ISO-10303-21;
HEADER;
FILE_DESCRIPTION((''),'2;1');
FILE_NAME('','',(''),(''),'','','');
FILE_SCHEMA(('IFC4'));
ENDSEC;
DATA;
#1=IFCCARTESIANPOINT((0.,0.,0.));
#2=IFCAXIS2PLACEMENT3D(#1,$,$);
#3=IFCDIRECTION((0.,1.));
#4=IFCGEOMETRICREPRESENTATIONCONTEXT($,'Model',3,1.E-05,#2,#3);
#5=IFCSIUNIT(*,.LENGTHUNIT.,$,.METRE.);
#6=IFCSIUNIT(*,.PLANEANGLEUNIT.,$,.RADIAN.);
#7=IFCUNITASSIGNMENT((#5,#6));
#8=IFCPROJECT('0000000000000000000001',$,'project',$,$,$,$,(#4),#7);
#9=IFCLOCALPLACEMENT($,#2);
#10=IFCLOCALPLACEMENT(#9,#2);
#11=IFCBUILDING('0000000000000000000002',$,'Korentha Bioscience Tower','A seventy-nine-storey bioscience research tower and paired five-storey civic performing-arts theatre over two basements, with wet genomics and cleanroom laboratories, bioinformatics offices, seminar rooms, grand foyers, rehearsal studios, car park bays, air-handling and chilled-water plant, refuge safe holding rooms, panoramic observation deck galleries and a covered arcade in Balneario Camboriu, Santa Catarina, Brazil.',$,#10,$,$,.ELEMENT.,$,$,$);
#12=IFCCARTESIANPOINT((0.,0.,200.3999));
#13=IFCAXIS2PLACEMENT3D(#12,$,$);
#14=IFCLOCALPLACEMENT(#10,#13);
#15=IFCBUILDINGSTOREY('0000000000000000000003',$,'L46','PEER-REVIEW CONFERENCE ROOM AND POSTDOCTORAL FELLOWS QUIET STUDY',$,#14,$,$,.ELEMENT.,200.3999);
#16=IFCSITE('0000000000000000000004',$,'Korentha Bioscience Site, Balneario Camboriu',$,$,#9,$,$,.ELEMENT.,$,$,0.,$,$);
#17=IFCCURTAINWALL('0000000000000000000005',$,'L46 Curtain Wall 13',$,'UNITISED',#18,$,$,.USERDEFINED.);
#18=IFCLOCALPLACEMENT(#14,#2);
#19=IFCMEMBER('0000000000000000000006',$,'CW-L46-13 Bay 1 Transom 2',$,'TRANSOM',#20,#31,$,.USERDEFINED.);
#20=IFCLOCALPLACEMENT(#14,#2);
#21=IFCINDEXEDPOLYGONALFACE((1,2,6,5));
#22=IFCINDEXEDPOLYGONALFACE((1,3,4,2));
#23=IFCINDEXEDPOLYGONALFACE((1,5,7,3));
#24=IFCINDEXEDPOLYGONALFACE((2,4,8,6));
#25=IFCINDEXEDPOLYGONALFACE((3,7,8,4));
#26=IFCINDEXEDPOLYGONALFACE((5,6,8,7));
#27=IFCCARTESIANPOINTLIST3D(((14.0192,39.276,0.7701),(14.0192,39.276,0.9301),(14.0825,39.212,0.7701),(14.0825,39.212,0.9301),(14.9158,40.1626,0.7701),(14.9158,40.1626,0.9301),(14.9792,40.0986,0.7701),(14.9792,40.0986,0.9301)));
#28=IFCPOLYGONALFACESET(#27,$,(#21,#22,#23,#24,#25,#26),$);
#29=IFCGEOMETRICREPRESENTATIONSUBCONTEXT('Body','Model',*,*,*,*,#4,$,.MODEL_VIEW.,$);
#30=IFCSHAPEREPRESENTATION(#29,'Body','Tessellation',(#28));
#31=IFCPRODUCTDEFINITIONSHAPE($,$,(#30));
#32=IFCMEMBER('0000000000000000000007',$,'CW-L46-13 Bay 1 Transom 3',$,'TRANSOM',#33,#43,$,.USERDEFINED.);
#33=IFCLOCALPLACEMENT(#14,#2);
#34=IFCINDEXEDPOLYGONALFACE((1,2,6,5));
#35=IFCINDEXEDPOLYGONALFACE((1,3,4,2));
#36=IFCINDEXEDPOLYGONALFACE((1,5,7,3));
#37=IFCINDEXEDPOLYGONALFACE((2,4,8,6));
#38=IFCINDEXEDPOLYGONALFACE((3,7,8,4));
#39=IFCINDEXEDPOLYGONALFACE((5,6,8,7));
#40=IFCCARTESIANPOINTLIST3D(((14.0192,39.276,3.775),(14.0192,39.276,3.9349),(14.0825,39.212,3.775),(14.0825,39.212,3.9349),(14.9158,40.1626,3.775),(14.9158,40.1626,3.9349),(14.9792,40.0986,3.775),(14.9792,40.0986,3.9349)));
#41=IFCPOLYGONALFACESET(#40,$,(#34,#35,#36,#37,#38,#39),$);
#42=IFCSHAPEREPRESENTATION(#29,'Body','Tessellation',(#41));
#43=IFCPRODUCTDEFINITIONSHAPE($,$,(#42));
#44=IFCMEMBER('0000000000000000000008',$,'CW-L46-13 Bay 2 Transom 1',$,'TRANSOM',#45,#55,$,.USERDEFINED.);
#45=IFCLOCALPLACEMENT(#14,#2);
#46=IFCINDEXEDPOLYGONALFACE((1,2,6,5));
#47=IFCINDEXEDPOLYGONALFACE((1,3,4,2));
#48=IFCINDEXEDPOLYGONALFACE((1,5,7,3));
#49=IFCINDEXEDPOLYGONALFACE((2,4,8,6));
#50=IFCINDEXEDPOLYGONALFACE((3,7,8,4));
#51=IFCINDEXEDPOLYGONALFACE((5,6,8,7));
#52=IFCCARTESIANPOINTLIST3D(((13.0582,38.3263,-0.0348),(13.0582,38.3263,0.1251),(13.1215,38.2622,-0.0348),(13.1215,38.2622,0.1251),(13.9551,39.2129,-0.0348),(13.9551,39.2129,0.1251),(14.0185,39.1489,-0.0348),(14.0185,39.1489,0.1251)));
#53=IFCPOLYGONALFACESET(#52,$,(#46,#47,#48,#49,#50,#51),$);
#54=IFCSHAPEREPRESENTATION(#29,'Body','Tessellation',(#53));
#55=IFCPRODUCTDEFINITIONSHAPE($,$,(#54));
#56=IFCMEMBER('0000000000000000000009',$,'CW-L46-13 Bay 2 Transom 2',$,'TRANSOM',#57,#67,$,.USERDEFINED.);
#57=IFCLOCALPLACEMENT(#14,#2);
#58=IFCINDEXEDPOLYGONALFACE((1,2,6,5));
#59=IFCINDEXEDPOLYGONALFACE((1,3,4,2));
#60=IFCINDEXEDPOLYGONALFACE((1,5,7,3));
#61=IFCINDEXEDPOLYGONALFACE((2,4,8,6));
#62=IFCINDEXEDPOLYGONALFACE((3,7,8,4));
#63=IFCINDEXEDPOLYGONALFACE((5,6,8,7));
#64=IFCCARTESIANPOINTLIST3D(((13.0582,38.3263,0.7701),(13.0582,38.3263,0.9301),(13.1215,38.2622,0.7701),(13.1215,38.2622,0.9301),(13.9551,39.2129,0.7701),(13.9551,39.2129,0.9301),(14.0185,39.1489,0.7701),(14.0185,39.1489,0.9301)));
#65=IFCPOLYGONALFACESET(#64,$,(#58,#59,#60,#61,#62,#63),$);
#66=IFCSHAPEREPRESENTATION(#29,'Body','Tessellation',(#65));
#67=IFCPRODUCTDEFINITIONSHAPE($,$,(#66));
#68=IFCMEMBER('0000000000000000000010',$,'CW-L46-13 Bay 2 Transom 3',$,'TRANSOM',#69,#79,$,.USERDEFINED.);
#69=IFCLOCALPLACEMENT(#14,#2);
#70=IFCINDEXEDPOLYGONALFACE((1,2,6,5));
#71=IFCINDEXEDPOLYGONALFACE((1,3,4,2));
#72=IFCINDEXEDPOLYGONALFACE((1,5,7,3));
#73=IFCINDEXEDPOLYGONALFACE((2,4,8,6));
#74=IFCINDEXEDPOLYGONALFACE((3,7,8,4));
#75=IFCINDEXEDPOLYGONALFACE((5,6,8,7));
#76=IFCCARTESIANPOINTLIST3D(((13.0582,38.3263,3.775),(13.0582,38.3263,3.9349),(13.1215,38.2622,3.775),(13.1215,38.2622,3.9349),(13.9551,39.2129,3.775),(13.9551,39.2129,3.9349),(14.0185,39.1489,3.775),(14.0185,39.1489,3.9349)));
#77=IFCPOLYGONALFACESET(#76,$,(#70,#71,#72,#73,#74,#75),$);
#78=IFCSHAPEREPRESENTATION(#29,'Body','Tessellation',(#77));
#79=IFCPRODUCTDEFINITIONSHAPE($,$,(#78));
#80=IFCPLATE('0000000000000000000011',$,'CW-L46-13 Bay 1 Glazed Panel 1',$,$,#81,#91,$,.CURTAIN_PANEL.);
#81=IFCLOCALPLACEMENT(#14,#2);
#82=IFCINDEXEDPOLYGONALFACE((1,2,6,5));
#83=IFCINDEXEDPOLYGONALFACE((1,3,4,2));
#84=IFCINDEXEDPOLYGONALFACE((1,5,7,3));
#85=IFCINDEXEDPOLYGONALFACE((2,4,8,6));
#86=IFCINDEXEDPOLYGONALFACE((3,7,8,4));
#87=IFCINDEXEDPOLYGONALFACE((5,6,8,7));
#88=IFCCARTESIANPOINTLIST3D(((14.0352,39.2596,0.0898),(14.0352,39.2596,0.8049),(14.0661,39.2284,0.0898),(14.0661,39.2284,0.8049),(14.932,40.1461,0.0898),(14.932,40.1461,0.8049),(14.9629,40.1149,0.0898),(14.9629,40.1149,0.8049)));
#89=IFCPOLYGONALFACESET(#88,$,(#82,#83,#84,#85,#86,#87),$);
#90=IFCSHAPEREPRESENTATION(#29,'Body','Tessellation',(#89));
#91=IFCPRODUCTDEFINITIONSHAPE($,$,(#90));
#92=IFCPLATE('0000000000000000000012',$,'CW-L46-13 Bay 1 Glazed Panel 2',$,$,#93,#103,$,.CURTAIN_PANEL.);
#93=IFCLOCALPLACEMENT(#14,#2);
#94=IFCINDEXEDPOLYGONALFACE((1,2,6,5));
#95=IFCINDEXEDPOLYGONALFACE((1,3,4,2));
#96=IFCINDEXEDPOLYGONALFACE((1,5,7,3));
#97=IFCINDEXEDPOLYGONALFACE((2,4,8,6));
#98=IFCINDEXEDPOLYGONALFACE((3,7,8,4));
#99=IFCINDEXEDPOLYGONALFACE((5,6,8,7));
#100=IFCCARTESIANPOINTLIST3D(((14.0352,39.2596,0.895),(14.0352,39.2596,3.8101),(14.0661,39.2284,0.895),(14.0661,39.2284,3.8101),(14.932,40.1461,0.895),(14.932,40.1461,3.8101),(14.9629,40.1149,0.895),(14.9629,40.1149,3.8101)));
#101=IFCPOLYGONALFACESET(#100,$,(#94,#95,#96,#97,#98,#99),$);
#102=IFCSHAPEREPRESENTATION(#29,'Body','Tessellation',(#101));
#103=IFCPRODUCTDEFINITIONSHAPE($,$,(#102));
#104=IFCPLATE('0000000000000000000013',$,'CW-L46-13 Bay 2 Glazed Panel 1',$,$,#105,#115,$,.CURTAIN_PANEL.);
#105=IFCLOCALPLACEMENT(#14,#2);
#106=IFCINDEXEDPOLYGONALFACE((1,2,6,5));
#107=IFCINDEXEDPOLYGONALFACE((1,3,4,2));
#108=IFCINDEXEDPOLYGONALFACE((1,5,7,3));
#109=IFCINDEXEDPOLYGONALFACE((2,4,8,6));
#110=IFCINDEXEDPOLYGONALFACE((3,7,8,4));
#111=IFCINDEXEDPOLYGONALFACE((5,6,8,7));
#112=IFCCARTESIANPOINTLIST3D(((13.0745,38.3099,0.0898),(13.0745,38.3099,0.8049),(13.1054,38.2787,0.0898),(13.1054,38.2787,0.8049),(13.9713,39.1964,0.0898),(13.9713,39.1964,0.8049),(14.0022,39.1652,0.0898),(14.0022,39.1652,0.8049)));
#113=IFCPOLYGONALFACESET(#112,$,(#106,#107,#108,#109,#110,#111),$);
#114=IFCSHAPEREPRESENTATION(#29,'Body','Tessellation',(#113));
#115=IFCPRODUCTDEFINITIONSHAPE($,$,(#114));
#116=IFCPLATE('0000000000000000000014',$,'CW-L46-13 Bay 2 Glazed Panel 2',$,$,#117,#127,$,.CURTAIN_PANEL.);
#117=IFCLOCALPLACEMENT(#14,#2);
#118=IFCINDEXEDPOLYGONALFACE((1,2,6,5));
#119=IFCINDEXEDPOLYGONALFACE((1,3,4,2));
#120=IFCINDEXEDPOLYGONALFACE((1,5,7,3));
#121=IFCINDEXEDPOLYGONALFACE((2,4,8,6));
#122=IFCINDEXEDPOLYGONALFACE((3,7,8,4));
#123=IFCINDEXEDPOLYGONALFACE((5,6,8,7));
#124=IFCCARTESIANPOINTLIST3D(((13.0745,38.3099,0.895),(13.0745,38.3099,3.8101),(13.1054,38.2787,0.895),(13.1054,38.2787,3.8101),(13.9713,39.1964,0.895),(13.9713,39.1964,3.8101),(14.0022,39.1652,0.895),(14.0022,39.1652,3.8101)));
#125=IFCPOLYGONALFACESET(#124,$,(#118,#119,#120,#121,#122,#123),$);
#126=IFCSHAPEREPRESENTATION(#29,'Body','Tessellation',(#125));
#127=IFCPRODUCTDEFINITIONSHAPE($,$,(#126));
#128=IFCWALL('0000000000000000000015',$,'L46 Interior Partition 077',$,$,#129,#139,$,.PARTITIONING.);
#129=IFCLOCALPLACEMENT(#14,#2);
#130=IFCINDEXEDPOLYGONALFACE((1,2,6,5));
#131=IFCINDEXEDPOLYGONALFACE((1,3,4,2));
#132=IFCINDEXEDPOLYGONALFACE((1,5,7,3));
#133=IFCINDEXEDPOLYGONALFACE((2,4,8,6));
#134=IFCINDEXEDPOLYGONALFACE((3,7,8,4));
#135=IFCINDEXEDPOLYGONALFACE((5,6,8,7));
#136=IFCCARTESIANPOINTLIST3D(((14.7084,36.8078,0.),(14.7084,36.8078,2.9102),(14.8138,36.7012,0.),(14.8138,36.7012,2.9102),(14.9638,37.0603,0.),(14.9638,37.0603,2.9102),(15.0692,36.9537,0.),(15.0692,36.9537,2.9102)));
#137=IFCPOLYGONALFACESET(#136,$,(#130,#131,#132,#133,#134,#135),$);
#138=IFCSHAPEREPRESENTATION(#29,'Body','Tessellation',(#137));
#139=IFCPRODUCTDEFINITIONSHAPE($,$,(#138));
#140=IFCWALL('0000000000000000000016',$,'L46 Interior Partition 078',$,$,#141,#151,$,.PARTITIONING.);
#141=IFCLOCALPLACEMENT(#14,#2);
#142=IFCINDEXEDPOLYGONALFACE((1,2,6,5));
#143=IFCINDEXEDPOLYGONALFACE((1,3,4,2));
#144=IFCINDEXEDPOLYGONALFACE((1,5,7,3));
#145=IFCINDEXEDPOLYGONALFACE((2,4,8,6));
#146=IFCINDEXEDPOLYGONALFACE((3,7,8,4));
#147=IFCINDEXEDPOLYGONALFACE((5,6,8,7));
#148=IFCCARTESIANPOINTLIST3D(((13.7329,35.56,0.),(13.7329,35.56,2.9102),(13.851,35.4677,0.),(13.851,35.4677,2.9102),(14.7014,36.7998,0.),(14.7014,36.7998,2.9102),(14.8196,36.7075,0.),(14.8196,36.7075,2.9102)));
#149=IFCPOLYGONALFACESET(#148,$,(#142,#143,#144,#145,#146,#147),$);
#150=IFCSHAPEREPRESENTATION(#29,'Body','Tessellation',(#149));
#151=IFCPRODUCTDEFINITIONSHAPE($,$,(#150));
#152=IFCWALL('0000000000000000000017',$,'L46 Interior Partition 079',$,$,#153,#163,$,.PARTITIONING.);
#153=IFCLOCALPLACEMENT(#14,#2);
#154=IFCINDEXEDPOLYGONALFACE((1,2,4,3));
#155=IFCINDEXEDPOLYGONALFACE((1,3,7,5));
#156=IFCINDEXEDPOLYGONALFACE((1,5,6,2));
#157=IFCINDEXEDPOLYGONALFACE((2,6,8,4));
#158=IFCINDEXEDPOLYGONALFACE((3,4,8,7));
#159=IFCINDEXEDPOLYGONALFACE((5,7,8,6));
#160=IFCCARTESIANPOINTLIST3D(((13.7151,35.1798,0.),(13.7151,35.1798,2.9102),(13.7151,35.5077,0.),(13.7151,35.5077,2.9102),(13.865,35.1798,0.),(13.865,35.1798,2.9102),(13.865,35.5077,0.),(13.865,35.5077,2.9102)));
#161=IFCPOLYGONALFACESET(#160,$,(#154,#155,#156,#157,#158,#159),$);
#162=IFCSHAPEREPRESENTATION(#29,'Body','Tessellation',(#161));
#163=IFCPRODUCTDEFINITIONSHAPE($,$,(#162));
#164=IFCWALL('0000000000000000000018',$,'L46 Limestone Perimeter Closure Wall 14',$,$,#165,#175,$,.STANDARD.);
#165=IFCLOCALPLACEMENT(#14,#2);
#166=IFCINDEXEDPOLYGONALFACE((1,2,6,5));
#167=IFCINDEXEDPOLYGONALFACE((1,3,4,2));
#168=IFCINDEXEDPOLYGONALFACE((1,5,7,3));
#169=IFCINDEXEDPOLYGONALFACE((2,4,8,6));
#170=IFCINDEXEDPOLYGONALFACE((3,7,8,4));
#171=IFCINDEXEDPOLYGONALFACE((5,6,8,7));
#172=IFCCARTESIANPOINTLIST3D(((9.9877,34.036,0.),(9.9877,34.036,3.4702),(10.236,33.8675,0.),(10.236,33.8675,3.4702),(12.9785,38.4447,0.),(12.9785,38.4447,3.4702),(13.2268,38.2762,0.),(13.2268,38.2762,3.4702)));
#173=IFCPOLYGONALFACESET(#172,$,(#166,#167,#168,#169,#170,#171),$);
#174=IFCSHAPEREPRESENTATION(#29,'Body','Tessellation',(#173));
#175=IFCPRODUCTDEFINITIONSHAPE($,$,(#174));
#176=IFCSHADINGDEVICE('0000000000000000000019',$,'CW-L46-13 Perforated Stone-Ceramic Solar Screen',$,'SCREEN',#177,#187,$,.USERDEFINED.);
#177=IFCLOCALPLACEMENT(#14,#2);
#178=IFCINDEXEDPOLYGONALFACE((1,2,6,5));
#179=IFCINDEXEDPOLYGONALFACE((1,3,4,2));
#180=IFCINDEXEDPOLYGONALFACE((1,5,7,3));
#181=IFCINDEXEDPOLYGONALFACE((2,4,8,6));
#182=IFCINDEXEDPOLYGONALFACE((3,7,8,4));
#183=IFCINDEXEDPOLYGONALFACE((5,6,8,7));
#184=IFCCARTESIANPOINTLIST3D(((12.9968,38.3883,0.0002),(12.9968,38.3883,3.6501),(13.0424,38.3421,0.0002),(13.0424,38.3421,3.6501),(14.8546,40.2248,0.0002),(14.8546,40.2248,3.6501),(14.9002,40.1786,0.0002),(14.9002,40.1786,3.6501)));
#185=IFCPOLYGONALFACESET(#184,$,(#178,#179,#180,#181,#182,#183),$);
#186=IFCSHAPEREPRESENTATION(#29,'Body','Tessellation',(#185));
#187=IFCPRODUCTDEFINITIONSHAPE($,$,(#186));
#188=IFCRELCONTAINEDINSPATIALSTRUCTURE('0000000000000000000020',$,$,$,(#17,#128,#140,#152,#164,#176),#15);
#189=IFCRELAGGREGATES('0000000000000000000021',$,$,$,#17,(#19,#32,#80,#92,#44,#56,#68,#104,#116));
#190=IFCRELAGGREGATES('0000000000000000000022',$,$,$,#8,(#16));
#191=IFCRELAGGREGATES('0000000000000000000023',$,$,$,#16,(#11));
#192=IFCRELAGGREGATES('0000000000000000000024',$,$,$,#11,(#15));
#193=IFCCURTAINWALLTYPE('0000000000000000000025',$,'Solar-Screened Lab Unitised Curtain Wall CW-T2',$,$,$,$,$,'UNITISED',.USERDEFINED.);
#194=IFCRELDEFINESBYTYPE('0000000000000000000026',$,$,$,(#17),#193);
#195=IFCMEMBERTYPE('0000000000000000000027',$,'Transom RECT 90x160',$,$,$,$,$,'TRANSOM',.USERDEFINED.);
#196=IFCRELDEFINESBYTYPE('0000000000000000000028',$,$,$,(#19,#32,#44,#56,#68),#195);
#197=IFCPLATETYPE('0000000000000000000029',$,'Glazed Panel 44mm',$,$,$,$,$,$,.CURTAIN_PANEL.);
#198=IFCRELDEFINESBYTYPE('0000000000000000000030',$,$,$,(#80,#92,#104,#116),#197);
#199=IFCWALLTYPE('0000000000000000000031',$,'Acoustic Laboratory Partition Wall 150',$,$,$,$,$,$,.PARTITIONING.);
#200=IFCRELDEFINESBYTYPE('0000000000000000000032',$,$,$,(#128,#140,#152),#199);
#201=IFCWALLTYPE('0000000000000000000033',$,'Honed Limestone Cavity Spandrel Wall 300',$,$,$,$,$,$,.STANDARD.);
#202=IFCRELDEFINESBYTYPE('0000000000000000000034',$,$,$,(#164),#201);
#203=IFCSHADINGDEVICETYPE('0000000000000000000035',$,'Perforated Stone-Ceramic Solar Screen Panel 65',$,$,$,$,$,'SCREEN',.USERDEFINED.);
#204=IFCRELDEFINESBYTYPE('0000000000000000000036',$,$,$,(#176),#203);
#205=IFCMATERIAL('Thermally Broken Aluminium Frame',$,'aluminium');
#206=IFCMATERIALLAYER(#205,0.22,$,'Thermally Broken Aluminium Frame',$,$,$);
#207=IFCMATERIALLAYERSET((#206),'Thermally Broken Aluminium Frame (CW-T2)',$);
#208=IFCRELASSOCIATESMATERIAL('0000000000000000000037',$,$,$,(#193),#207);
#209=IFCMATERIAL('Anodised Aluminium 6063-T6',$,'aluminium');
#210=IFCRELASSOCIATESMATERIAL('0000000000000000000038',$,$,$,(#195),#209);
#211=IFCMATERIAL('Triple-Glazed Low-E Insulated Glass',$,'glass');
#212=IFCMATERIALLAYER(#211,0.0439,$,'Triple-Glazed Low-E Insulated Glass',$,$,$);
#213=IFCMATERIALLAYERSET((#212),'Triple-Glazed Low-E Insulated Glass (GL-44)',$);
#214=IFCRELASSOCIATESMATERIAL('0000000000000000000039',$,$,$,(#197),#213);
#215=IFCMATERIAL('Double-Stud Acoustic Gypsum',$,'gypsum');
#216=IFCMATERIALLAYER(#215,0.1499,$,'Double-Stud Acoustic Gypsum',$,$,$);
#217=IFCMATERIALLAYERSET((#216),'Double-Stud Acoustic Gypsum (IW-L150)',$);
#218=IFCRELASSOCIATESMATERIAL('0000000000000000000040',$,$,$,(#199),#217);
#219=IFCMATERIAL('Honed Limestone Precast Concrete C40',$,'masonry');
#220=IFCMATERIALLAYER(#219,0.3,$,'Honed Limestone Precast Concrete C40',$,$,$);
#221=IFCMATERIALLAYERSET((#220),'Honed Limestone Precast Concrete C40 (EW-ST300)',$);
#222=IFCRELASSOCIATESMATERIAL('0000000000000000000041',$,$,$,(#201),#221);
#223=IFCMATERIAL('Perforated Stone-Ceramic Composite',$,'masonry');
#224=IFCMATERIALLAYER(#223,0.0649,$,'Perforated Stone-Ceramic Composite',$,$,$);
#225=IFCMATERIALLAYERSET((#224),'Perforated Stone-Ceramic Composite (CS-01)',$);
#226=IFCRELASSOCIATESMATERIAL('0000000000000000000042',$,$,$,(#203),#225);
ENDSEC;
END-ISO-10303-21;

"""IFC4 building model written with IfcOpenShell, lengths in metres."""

from ifc_helpers import new_model, si_unit, direction, frame, frame_2d, origin, origin_2d, place, context, subcontext, project, spatial, rectangle, extrude, material, layer, layer_set, material_profile, profile_set, type_object, element, aggregate, save


model = new_model("IFC4")

# Units and contexts
model_context = context("Model", 3, precision=1e-05, world=origin(), true_north=direction((0.0, 1.0)))
body_context = subcontext(model_context, "Body", "Model", "MODEL_VIEW")
ifc_project = project(units=[si_unit("LENGTHUNIT", "METRE"), si_unit("PLANEANGLEUNIT", "RADIAN")], contexts=[model_context])

# Site, building, storey
site_placement = place(None, origin())
site = spatial("IfcSite", under=ifc_project, at=site_placement, Name="Korentha Bioscience Site, Balneario Camboriu", CompositionType="ELEMENT", RefElevation=0.0)
building_placement = place(site_placement, origin())
building = spatial("IfcBuilding", under=site, at=building_placement, Name="Korentha Bioscience Tower", Description="A seventy-nine-storey bioscience research tower and paired five-storey civic performing-arts theatre over two basements, with wet genomics and cleanroom laboratories, bioinformatics offices, seminar rooms, grand foyers, rehearsal studios, car park bays, air-handling and chilled-water plant, refuge safe holding rooms, panoramic observation deck galleries and a covered arcade in Balneario Camboriu, Santa Catarina, Brazil.", CompositionType="ELEMENT")
storey_placement = place(building_placement, frame((0.0, 0.0, 200.3999)))
storey = spatial("IfcBuildingStorey", under=building, at=storey_placement, Name="L46", Description="PEER-REVIEW CONFERENCE ROOM AND POSTDOCTORAL FELLOWS QUIET STUDY", CompositionType="ELEMENT", Elevation=200.3999)

# Curtain wall
ifc_material_1 = material(Name="Thermally Broken Aluminium Frame", Category="aluminium")
ifc_layer_1 = layer(ifc_material_1, 0.22, Name="Thermally Broken Aluminium Frame")
ifc_layer_set_1 = layer_set([ifc_layer_1], Name="Thermally Broken Aluminium Frame (CW-T2)")
curtain_wall_type = type_object("IfcCurtainWallType", Name="Solar-Screened Lab Unitised Curtain Wall CW-T2", ElementType="UNITISED", PredefinedType="USERDEFINED", material=ifc_layer_set_1)
curtain_wall_placement = place(storey_placement, origin())
curtain_wall = element("IfcCurtainWall", 1, at=curtain_wall_placement, inside=storey, type_object=curtain_wall_type, Name="L46 Curtain Wall 13", ObjectType="UNITISED", PredefinedType="USERDEFINED")
ifc_material_2 = material(Name="Anodised Aluminium 6063-T6", Category="aluminium")

# Members
ifc_material_profile_1 = material_profile(ifc_material_2, rectangle(XDim=0.0901, YDim=0.1599, at=origin_2d()), Name="Anodised Aluminium 6063-T6")
ifc_profile_set_1 = profile_set([ifc_material_profile_1], Name="Anodised Aluminium 6063-T6 (CW-TRN)")
member_type_1 = type_object("IfcMemberType", Name="Transom RECT 90x160", ElementType="TRANSOM", PredefinedType="USERDEFINED", material=ifc_profile_set_1)
member_1_placement = place(storey_placement, frame((14.9475, 40.1306, 0.8501), z_axis=(-0.711064, -0.703127, 0.0), x_axis=(0.703127, -0.711064, 0.0)))
member_1 = element("IfcMember", 2, at=member_1_placement, type_object=member_type_1, Name="CW-L46-13 Bay 1 Transom 2", ObjectType="TRANSOM", PredefinedType="USERDEFINED", context=body_context, shape_type="SweptSolid", body=[
    extrude(rectangle(XDim=0.0901, YDim=0.1599, at=origin_2d()), origin(), (0.0, 0.0, 1.0), 1.261),
])
member_2_placement = place(storey_placement, frame((14.9475, 40.1306, 3.855), z_axis=(-0.711064, -0.703127, 0.0), x_axis=(0.703127, -0.711064, 0.0)))
member_2 = element("IfcMember", 3, at=member_2_placement, type_object=member_type_1, Name="CW-L46-13 Bay 1 Transom 3", ObjectType="TRANSOM", PredefinedType="USERDEFINED", context=body_context, shape_type="SweptSolid", body=[
    extrude(rectangle(XDim=0.0901, YDim=0.1599, at=origin_2d()), origin(), (0.0, 0.0, 1.0), 1.261),
])
member_3_placement = place(storey_placement, frame((13.9868, 39.1809, 0.0452), z_axis=(-0.71116, -0.70303, 0.0), x_axis=(0.70303, -0.71116, 0.0)))
member_3 = element("IfcMember", 4, at=member_3_placement, type_object=member_type_1, Name="CW-L46-13 Bay 2 Transom 1", ObjectType="TRANSOM", PredefinedType="USERDEFINED", context=body_context, shape_type="SweptSolid", body=[
    extrude(rectangle(XDim=0.0901, YDim=0.1599, at=origin_2d()), origin(), (0.0, 0.0, 1.0), 1.2612),
])
member_4_placement = place(storey_placement, frame((13.9868, 39.1809, 0.8501), z_axis=(-0.71116, -0.70303, 0.0), x_axis=(0.70303, -0.71116, 0.0)))
member_4 = element("IfcMember", 5, at=member_4_placement, type_object=member_type_1, Name="CW-L46-13 Bay 2 Transom 2", ObjectType="TRANSOM", PredefinedType="USERDEFINED", context=body_context, shape_type="SweptSolid", body=[
    extrude(rectangle(XDim=0.0901, YDim=0.1599, at=origin_2d()), origin(), (0.0, 0.0, 1.0), 1.2612),
])
member_5_placement = place(storey_placement, frame((13.9868, 39.1809, 3.855), z_axis=(-0.71116, -0.70303, 0.0), x_axis=(0.70303, -0.71116, 0.0)))
member_5 = element("IfcMember", 6, at=member_5_placement, type_object=member_type_1, Name="CW-L46-13 Bay 2 Transom 3", ObjectType="TRANSOM", PredefinedType="USERDEFINED", context=body_context, shape_type="SweptSolid", body=[
    extrude(rectangle(XDim=0.0901, YDim=0.1599, at=origin_2d()), origin(), (0.0, 0.0, 1.0), 1.2612),
])

# Plates
ifc_material_3 = material(Name="Triple-Glazed Low-E Insulated Glass", Category="glass")
ifc_layer_2 = layer(ifc_material_3, 0.0439, Name="Triple-Glazed Low-E Insulated Glass")
ifc_layer_set_2 = layer_set([ifc_layer_2], Name="Triple-Glazed Low-E Insulated Glass (GL-44)")
plate_type = type_object("IfcPlateType", Name="Glazed Panel 44mm", PredefinedType="CURTAIN_PANEL", material=ifc_layer_set_2)
plate_1_placement = place(storey_placement, frame((14.499, 39.6873, 0.0898), z_axis=(0.0, 0.0, 1.0), x_axis=(-0.711178, -0.703012, 0.0)))
plate_1 = element("IfcPlate", 7, at=plate_1_placement, type_object=plate_type, Name="CW-L46-13 Bay 1 Glazed Panel 1", PredefinedType="CURTAIN_PANEL", context=body_context, shape_type="SweptSolid", body=[
    extrude(rectangle(XDim=1.261, YDim=0.0439, at=origin_2d()), origin(), (0.0, 0.0, 1.0), 0.7151),
])
plate_2_placement = place(storey_placement, frame((14.499, 39.6873, 0.895), z_axis=(0.0, 0.0, 1.0), x_axis=(-0.711178, -0.703012, 0.0)))
plate_2 = element("IfcPlate", 8, at=plate_2_placement, type_object=plate_type, Name="CW-L46-13 Bay 1 Glazed Panel 2", PredefinedType="CURTAIN_PANEL", context=body_context, shape_type="SweptSolid", body=[
    extrude(rectangle(XDim=1.261, YDim=0.0439, at=origin_2d()), origin(), (0.0, 0.0, 1.0), 2.915),
])
plate_3_placement = place(storey_placement, frame((13.5383, 38.7375, 0.0898), z_axis=(0.0, 0.0, 1.0), x_axis=(-0.711178, -0.703012, 0.0)))
plate_3 = element("IfcPlate", 9, at=plate_3_placement, type_object=plate_type, Name="CW-L46-13 Bay 2 Glazed Panel 1", PredefinedType="CURTAIN_PANEL", context=body_context, shape_type="SweptSolid", body=[
    extrude(rectangle(XDim=1.261, YDim=0.0439, at=origin_2d()), origin(), (0.0, 0.0, 1.0), 0.7151),
])
plate_4_placement = place(storey_placement, frame((13.5383, 38.7375, 0.895), z_axis=(0.0, 0.0, 1.0), x_axis=(-0.711178, -0.703012, 0.0)))
plate_4 = element("IfcPlate", 10, at=plate_4_placement, type_object=plate_type, Name="CW-L46-13 Bay 2 Glazed Panel 2", PredefinedType="CURTAIN_PANEL", context=body_context, shape_type="SweptSolid", body=[
    extrude(rectangle(XDim=1.261, YDim=0.0439, at=origin_2d()), origin(), (0.0, 0.0, 1.0), 2.915),
])
aggregate(curtain_wall, [member_1, member_2, plate_1, plate_2, member_3, member_4, member_5, plate_3, plate_4])

# Shared definitions
ifc_material_4 = material(Name="Double-Stud Acoustic Gypsum", Category="gypsum")
ifc_layer_3 = layer(ifc_material_4, 0.1499, Name="Double-Stud Acoustic Gypsum")
ifc_layer_set_3 = layer_set([ifc_layer_3], Name="Double-Stud Acoustic Gypsum (IW-L150)")
wall_type_1 = type_object("IfcWallType", Name="Acoustic Laboratory Partition Wall 150", PredefinedType="PARTITIONING", material=ifc_layer_set_3)

# Walls
wall_1_placement = place(storey_placement, frame((15.0166, 37.0071, 0.0), z_axis=(0.0, 0.0, 1.0), x_axis=(-0.711174, -0.703016, 0.0)))
element("IfcWall", 11, at=wall_1_placement, inside=storey, type_object=wall_type_1, Name="L46 Interior Partition 077", PredefinedType="PARTITIONING", context=body_context, shape_type="SweptSolid", body=[
    extrude(rectangle(XDim=0.3591, YDim=0.1499, at=frame_2d((0.1797, 0.0))), origin(), (0.0, 0.0, 1.0), 2.9102),
])
wall_2_placement = place(storey_placement, frame((14.7605, 36.7537, 0.0), z_axis=(0.0, 0.0, 1.0), x_axis=(-0.615626, -0.788038, 0.0)))
element("IfcWall", 12, at=wall_2_placement, inside=storey, type_object=wall_type_1, Name="L46 Interior Partition 078", PredefinedType="PARTITIONING", context=body_context, shape_type="SweptSolid", body=[
    extrude(rectangle(XDim=1.5732, YDim=0.1499, at=frame_2d((0.7866, 0.0))), origin(), (0.0, 0.0, 1.0), 2.9102),
])
wall_3_placement = place(storey_placement, frame((13.79, 35.5078, 0.0), z_axis=(0.0, 0.0, 1.0), x_axis=(0.0, -1.0, 0.0)))
element("IfcWall", 13, at=wall_3_placement, inside=storey, type_object=wall_type_1, Name="L46 Interior Partition 079", PredefinedType="PARTITIONING", context=body_context, shape_type="SweptSolid", body=[
    extrude(rectangle(XDim=0.3279, YDim=0.1499, at=frame_2d((0.1641, 0.0))), origin(), (0.0, 0.0, 1.0), 2.9102),
])
ifc_material_5 = material(Name="Honed Limestone Precast Concrete C40", Category="masonry")
ifc_layer_4 = layer(ifc_material_5, 0.3, Name="Honed Limestone Precast Concrete C40")
ifc_layer_set_4 = layer_set([ifc_layer_4], Name="Honed Limestone Precast Concrete C40 (EW-ST300)")
wall_type_2 = type_object("IfcWallType", Name="Honed Limestone Cavity Spandrel Wall 300", PredefinedType="STANDARD", material=ifc_layer_set_4)
wall_4_placement = place(storey_placement, frame((13.1025, 38.3604, 0.0), z_axis=(0.0, 0.0, 1.0), x_axis=(-0.561387, -0.827553, 0.0)))
element("IfcWall", 14, at=wall_4_placement, inside=storey, type_object=wall_type_2, Name="L46 Limestone Perimeter Closure Wall 14", PredefinedType="STANDARD", context=body_context, shape_type="SweptSolid", body=[
    extrude(rectangle(XDim=5.3274, YDim=0.3, at=frame_2d((2.6636, 0.0))), origin(), (0.0, 0.0, 1.0), 3.4702),
])

# Shading device
ifc_material_6 = material(Name="Perforated Stone-Ceramic Composite", Category="masonry")
ifc_layer_5 = layer(ifc_material_6, 0.0649, Name="Perforated Stone-Ceramic Composite")
ifc_layer_set_5 = layer_set([ifc_layer_5], Name="Perforated Stone-Ceramic Composite (CS-01)")
shading_device_type_1 = type_object("IfcShadingDeviceType", Name="Perforated Stone-Ceramic Solar Screen Panel 65", ElementType="SCREEN", PredefinedType="USERDEFINED", material=ifc_layer_set_5)
shading_device_1_placement = place(storey_placement, frame((13.9485, 39.2834, 0.0002), z_axis=(0.0, 0.0, 1.0), x_axis=(-0.711178, -0.703012, 0.0)))
element("IfcShadingDevice", 15, at=shading_device_1_placement, inside=storey, type_object=shading_device_type_1, Name="CW-L46-13 Perforated Stone-Ceramic Solar Screen", ObjectType="SCREEN", PredefinedType="USERDEFINED", context=body_context, shape_type="SweptSolid", body=[
    extrude(rectangle(XDim=2.6123, YDim=0.0649, at=origin_2d()), origin(), (0.0, 0.0, 1.0), 3.6499),
])

save(model, "model.ifc")
